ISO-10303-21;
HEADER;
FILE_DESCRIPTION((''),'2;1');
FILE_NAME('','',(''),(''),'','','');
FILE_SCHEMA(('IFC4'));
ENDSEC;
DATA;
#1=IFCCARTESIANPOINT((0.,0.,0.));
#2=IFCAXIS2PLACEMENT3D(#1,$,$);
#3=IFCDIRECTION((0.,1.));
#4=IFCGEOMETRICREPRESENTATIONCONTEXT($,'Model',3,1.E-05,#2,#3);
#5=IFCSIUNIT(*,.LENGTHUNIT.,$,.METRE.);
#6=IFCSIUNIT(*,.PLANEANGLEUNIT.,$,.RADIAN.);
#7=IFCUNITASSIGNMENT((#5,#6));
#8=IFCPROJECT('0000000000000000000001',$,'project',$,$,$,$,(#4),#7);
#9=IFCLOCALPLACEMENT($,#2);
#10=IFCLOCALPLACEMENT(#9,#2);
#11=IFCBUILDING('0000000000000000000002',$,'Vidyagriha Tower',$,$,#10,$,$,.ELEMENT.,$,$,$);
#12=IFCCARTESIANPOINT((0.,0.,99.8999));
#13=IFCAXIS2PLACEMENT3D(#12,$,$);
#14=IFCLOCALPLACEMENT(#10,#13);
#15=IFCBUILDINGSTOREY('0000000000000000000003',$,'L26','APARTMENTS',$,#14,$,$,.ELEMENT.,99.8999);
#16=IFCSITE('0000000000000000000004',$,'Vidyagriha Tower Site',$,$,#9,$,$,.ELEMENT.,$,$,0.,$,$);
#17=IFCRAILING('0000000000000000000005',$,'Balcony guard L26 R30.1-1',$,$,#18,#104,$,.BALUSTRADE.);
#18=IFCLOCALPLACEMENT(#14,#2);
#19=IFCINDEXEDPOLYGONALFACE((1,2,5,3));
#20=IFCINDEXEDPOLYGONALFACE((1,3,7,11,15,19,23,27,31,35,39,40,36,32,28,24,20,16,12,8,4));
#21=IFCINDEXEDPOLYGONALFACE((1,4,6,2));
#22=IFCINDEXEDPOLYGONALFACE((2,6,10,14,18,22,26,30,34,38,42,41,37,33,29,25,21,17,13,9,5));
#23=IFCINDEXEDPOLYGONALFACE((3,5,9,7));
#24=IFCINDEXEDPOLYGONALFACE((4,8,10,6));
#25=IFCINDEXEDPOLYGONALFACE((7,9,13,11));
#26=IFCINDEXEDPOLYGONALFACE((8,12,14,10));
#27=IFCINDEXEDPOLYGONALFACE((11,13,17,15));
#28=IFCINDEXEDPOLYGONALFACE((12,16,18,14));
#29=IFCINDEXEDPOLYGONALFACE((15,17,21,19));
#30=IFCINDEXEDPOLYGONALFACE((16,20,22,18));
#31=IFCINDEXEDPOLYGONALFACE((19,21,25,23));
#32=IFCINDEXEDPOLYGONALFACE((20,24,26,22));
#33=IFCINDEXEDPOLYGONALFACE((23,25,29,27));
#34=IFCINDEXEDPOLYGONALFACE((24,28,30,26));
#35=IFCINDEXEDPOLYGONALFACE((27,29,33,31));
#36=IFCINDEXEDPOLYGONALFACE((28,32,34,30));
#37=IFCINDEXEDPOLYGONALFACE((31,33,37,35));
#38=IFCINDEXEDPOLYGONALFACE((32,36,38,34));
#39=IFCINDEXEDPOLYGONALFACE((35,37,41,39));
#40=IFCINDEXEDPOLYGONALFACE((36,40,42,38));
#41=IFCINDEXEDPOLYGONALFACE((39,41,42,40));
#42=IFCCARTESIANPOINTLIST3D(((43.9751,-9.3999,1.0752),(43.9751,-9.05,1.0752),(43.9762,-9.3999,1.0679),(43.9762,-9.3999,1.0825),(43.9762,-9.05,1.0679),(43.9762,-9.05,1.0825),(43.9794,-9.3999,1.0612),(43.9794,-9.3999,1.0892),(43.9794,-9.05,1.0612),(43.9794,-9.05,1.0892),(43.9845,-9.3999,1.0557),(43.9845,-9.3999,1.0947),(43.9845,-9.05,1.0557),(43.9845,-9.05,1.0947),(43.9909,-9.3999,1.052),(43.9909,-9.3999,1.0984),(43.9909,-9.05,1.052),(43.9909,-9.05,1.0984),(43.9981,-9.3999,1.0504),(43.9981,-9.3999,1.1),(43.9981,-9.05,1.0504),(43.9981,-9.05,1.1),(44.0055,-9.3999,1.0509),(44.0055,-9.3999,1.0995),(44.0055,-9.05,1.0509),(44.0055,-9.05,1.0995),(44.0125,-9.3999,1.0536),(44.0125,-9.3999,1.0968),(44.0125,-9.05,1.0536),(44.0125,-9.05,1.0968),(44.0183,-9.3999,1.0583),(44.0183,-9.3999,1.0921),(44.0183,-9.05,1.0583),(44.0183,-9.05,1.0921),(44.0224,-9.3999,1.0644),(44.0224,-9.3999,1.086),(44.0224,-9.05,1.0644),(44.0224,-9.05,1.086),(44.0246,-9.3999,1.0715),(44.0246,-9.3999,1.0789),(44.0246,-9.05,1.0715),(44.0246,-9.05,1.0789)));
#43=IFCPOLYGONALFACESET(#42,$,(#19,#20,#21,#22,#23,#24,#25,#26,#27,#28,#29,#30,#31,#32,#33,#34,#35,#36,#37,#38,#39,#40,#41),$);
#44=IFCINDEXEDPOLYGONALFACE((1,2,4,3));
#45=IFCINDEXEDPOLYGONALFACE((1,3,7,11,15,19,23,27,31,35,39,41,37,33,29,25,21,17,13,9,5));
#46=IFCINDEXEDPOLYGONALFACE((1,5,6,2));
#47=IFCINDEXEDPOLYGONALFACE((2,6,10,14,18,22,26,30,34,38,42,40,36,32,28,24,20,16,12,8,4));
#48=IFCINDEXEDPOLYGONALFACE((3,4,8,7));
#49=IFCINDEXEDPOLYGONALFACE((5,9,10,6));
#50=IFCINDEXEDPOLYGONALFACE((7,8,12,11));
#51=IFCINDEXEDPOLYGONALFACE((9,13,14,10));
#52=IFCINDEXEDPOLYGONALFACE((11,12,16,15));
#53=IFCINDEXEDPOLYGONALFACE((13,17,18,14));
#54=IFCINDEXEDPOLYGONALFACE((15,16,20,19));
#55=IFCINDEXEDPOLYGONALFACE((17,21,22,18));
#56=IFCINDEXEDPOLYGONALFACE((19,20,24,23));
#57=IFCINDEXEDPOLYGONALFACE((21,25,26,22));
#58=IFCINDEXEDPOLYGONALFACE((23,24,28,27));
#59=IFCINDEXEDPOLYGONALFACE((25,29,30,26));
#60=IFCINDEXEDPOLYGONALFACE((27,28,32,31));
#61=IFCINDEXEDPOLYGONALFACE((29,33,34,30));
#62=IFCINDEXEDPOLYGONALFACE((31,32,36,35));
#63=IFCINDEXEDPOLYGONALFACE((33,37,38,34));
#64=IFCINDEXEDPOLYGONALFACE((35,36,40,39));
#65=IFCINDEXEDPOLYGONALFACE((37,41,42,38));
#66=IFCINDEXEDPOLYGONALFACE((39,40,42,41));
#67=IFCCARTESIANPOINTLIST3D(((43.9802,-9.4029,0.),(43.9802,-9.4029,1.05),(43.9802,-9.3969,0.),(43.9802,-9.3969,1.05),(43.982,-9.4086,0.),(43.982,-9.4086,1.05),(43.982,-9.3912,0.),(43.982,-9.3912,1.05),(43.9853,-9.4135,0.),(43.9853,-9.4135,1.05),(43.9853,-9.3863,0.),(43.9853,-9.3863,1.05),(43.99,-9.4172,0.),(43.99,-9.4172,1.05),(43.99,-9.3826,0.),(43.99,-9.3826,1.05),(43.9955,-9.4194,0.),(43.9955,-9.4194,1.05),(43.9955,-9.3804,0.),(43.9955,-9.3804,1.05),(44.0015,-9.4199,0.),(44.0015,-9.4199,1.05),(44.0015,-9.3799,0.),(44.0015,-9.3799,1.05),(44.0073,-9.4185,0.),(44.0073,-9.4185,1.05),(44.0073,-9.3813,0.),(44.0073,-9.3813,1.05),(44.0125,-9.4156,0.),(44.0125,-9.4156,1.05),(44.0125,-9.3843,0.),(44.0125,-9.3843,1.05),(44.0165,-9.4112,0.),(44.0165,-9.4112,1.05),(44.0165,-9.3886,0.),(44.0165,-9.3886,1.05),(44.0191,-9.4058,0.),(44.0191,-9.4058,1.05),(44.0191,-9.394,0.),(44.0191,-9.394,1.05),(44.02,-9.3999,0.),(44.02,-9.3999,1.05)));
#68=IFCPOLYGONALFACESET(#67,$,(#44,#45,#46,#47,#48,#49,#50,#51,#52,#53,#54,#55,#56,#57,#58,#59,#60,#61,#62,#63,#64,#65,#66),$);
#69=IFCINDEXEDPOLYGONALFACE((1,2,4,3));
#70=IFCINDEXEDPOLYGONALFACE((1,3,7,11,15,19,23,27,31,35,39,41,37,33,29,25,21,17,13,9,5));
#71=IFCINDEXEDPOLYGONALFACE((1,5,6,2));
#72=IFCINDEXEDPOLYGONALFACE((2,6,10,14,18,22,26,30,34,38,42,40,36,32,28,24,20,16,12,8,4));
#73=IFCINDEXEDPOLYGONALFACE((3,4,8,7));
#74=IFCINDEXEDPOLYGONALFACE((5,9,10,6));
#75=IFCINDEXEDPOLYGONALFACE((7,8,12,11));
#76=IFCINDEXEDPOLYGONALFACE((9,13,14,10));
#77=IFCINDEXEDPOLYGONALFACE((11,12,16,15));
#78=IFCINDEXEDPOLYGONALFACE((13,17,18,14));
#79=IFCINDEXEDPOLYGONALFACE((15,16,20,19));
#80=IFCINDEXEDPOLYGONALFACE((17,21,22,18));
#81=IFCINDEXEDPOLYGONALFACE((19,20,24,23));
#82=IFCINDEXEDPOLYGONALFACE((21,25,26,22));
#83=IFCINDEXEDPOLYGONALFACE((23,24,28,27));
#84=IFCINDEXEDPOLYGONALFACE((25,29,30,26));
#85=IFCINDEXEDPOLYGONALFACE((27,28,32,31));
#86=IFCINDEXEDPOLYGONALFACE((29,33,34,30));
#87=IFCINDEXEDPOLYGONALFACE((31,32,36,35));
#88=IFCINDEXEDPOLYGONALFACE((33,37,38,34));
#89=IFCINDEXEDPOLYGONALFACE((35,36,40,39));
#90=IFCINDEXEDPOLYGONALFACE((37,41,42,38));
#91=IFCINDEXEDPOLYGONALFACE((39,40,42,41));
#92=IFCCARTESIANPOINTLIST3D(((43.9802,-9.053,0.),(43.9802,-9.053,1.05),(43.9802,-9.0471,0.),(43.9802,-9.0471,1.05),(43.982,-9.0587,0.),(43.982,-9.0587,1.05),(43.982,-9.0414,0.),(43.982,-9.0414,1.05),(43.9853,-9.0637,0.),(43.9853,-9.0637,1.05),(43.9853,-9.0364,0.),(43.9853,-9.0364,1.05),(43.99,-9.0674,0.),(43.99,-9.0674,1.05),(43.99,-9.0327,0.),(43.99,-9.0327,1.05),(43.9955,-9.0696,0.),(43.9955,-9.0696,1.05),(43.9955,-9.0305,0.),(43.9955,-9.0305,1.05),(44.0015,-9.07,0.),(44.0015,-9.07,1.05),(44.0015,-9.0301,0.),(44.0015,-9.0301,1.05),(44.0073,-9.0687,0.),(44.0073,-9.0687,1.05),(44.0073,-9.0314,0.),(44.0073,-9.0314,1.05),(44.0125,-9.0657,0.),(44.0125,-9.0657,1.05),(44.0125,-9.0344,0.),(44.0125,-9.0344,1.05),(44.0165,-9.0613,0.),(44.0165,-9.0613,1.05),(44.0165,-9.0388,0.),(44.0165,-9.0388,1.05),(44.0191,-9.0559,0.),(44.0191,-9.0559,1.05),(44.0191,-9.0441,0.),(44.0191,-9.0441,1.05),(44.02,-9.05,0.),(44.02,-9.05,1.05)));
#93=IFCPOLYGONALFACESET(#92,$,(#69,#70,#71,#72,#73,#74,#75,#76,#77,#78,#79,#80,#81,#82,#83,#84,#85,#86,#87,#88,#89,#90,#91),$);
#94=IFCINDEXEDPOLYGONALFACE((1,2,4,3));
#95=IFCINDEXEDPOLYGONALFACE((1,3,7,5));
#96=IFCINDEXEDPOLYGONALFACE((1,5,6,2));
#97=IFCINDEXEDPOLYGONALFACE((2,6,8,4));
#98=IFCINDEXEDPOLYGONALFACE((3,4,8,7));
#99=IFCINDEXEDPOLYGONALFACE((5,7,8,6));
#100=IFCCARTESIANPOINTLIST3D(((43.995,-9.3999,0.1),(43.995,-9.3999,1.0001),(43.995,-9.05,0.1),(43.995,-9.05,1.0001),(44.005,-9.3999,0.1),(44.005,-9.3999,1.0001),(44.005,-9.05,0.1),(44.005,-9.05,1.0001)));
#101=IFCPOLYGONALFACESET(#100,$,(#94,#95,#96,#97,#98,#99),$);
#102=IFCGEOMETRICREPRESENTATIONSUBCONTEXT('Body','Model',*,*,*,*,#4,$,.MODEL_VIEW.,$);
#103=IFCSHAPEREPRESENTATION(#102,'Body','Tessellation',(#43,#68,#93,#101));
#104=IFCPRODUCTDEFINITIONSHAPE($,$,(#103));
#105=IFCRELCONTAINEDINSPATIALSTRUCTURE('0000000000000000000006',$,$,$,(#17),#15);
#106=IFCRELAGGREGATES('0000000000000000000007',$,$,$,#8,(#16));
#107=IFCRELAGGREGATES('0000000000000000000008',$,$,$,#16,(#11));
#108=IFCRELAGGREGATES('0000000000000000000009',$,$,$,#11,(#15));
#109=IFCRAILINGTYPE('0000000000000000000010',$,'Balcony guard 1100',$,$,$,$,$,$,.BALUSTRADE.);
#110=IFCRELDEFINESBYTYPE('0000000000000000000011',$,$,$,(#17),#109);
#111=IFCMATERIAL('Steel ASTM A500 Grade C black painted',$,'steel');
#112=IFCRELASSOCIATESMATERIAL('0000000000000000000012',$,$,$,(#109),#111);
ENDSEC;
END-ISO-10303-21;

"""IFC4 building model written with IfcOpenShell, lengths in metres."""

from ifc_helpers import new_model, si_unit, direction, frame, origin, origin_2d, place, context, subcontext, project, spatial, rectangle, circle, extrude, material, type_object, element, save


model = new_model("IFC4")

# Units and contexts
model_context = context("Model", 3, precision=1e-05, world=origin(), true_north=direction((0.0, 1.0)))
body_context = subcontext(model_context, "Body", "Model", "MODEL_VIEW")
ifc_project = project(units=[si_unit("LENGTHUNIT", "METRE"), si_unit("PLANEANGLEUNIT", "RADIAN")], contexts=[model_context])

# Site, building, storey
site_placement = place(None, origin())
site = spatial("IfcSite", under=ifc_project, at=site_placement, Name="Vidyagriha Tower Site", CompositionType="ELEMENT", RefElevation=0.0)
building_placement = place(site_placement, origin())
building = spatial("IfcBuilding", under=site, at=building_placement, Name="Vidyagriha Tower", CompositionType="ELEMENT")
storey_placement = place(building_placement, frame((0.0, 0.0, 99.8999)))
storey = spatial("IfcBuildingStorey", under=building, at=storey_placement, Name="L26", Description="APARTMENTS", CompositionType="ELEMENT", Elevation=99.8999)

# Railing
ifc_material_1 = material(Name="Steel ASTM A500 Grade C black painted", Category="steel")
railing_type_1 = type_object("IfcRailingType", Name="Balcony guard 1100", PredefinedType="BALUSTRADE", material=ifc_material_1)
railing_1_placement = place(storey_placement, frame((44.0, -9.3999, 0.0)))
element("IfcRailing", 1, at=railing_1_placement, inside=storey, type_object=railing_type_1, Name="Balcony guard L26 R30.1-1", PredefinedType="BALUSTRADE", context=body_context, shape_type="SweptSolid", body=[
    extrude(circle(Radius=0.0249, at=origin_2d()), frame((0.0, 0.0, 1.0752), z_axis=(0.0, 1.0, 0.0), x_axis=(-1.0, 0.0, 0.0)), (0.0, 0.0, 1.0), 0.3499),
    extrude(circle(Radius=0.02, at=origin_2d()), origin(), (0.0, 0.0, 1.0), 1.05),
    extrude(circle(Radius=0.02, at=origin_2d()), frame((0.0, 0.3499, 0.0)), (0.0, 0.0, 1.0), 1.05),
    extrude(rectangle(XDim=0.01, YDim=0.9001, at=origin_2d()), frame((0.0, 0.0, 0.55), z_axis=(0.0, 1.0, 0.0), x_axis=(-1.0, 0.0, 0.0)), (0.0, 0.0, 1.0), 0.3499),
])

save(model, "model.ifc")
